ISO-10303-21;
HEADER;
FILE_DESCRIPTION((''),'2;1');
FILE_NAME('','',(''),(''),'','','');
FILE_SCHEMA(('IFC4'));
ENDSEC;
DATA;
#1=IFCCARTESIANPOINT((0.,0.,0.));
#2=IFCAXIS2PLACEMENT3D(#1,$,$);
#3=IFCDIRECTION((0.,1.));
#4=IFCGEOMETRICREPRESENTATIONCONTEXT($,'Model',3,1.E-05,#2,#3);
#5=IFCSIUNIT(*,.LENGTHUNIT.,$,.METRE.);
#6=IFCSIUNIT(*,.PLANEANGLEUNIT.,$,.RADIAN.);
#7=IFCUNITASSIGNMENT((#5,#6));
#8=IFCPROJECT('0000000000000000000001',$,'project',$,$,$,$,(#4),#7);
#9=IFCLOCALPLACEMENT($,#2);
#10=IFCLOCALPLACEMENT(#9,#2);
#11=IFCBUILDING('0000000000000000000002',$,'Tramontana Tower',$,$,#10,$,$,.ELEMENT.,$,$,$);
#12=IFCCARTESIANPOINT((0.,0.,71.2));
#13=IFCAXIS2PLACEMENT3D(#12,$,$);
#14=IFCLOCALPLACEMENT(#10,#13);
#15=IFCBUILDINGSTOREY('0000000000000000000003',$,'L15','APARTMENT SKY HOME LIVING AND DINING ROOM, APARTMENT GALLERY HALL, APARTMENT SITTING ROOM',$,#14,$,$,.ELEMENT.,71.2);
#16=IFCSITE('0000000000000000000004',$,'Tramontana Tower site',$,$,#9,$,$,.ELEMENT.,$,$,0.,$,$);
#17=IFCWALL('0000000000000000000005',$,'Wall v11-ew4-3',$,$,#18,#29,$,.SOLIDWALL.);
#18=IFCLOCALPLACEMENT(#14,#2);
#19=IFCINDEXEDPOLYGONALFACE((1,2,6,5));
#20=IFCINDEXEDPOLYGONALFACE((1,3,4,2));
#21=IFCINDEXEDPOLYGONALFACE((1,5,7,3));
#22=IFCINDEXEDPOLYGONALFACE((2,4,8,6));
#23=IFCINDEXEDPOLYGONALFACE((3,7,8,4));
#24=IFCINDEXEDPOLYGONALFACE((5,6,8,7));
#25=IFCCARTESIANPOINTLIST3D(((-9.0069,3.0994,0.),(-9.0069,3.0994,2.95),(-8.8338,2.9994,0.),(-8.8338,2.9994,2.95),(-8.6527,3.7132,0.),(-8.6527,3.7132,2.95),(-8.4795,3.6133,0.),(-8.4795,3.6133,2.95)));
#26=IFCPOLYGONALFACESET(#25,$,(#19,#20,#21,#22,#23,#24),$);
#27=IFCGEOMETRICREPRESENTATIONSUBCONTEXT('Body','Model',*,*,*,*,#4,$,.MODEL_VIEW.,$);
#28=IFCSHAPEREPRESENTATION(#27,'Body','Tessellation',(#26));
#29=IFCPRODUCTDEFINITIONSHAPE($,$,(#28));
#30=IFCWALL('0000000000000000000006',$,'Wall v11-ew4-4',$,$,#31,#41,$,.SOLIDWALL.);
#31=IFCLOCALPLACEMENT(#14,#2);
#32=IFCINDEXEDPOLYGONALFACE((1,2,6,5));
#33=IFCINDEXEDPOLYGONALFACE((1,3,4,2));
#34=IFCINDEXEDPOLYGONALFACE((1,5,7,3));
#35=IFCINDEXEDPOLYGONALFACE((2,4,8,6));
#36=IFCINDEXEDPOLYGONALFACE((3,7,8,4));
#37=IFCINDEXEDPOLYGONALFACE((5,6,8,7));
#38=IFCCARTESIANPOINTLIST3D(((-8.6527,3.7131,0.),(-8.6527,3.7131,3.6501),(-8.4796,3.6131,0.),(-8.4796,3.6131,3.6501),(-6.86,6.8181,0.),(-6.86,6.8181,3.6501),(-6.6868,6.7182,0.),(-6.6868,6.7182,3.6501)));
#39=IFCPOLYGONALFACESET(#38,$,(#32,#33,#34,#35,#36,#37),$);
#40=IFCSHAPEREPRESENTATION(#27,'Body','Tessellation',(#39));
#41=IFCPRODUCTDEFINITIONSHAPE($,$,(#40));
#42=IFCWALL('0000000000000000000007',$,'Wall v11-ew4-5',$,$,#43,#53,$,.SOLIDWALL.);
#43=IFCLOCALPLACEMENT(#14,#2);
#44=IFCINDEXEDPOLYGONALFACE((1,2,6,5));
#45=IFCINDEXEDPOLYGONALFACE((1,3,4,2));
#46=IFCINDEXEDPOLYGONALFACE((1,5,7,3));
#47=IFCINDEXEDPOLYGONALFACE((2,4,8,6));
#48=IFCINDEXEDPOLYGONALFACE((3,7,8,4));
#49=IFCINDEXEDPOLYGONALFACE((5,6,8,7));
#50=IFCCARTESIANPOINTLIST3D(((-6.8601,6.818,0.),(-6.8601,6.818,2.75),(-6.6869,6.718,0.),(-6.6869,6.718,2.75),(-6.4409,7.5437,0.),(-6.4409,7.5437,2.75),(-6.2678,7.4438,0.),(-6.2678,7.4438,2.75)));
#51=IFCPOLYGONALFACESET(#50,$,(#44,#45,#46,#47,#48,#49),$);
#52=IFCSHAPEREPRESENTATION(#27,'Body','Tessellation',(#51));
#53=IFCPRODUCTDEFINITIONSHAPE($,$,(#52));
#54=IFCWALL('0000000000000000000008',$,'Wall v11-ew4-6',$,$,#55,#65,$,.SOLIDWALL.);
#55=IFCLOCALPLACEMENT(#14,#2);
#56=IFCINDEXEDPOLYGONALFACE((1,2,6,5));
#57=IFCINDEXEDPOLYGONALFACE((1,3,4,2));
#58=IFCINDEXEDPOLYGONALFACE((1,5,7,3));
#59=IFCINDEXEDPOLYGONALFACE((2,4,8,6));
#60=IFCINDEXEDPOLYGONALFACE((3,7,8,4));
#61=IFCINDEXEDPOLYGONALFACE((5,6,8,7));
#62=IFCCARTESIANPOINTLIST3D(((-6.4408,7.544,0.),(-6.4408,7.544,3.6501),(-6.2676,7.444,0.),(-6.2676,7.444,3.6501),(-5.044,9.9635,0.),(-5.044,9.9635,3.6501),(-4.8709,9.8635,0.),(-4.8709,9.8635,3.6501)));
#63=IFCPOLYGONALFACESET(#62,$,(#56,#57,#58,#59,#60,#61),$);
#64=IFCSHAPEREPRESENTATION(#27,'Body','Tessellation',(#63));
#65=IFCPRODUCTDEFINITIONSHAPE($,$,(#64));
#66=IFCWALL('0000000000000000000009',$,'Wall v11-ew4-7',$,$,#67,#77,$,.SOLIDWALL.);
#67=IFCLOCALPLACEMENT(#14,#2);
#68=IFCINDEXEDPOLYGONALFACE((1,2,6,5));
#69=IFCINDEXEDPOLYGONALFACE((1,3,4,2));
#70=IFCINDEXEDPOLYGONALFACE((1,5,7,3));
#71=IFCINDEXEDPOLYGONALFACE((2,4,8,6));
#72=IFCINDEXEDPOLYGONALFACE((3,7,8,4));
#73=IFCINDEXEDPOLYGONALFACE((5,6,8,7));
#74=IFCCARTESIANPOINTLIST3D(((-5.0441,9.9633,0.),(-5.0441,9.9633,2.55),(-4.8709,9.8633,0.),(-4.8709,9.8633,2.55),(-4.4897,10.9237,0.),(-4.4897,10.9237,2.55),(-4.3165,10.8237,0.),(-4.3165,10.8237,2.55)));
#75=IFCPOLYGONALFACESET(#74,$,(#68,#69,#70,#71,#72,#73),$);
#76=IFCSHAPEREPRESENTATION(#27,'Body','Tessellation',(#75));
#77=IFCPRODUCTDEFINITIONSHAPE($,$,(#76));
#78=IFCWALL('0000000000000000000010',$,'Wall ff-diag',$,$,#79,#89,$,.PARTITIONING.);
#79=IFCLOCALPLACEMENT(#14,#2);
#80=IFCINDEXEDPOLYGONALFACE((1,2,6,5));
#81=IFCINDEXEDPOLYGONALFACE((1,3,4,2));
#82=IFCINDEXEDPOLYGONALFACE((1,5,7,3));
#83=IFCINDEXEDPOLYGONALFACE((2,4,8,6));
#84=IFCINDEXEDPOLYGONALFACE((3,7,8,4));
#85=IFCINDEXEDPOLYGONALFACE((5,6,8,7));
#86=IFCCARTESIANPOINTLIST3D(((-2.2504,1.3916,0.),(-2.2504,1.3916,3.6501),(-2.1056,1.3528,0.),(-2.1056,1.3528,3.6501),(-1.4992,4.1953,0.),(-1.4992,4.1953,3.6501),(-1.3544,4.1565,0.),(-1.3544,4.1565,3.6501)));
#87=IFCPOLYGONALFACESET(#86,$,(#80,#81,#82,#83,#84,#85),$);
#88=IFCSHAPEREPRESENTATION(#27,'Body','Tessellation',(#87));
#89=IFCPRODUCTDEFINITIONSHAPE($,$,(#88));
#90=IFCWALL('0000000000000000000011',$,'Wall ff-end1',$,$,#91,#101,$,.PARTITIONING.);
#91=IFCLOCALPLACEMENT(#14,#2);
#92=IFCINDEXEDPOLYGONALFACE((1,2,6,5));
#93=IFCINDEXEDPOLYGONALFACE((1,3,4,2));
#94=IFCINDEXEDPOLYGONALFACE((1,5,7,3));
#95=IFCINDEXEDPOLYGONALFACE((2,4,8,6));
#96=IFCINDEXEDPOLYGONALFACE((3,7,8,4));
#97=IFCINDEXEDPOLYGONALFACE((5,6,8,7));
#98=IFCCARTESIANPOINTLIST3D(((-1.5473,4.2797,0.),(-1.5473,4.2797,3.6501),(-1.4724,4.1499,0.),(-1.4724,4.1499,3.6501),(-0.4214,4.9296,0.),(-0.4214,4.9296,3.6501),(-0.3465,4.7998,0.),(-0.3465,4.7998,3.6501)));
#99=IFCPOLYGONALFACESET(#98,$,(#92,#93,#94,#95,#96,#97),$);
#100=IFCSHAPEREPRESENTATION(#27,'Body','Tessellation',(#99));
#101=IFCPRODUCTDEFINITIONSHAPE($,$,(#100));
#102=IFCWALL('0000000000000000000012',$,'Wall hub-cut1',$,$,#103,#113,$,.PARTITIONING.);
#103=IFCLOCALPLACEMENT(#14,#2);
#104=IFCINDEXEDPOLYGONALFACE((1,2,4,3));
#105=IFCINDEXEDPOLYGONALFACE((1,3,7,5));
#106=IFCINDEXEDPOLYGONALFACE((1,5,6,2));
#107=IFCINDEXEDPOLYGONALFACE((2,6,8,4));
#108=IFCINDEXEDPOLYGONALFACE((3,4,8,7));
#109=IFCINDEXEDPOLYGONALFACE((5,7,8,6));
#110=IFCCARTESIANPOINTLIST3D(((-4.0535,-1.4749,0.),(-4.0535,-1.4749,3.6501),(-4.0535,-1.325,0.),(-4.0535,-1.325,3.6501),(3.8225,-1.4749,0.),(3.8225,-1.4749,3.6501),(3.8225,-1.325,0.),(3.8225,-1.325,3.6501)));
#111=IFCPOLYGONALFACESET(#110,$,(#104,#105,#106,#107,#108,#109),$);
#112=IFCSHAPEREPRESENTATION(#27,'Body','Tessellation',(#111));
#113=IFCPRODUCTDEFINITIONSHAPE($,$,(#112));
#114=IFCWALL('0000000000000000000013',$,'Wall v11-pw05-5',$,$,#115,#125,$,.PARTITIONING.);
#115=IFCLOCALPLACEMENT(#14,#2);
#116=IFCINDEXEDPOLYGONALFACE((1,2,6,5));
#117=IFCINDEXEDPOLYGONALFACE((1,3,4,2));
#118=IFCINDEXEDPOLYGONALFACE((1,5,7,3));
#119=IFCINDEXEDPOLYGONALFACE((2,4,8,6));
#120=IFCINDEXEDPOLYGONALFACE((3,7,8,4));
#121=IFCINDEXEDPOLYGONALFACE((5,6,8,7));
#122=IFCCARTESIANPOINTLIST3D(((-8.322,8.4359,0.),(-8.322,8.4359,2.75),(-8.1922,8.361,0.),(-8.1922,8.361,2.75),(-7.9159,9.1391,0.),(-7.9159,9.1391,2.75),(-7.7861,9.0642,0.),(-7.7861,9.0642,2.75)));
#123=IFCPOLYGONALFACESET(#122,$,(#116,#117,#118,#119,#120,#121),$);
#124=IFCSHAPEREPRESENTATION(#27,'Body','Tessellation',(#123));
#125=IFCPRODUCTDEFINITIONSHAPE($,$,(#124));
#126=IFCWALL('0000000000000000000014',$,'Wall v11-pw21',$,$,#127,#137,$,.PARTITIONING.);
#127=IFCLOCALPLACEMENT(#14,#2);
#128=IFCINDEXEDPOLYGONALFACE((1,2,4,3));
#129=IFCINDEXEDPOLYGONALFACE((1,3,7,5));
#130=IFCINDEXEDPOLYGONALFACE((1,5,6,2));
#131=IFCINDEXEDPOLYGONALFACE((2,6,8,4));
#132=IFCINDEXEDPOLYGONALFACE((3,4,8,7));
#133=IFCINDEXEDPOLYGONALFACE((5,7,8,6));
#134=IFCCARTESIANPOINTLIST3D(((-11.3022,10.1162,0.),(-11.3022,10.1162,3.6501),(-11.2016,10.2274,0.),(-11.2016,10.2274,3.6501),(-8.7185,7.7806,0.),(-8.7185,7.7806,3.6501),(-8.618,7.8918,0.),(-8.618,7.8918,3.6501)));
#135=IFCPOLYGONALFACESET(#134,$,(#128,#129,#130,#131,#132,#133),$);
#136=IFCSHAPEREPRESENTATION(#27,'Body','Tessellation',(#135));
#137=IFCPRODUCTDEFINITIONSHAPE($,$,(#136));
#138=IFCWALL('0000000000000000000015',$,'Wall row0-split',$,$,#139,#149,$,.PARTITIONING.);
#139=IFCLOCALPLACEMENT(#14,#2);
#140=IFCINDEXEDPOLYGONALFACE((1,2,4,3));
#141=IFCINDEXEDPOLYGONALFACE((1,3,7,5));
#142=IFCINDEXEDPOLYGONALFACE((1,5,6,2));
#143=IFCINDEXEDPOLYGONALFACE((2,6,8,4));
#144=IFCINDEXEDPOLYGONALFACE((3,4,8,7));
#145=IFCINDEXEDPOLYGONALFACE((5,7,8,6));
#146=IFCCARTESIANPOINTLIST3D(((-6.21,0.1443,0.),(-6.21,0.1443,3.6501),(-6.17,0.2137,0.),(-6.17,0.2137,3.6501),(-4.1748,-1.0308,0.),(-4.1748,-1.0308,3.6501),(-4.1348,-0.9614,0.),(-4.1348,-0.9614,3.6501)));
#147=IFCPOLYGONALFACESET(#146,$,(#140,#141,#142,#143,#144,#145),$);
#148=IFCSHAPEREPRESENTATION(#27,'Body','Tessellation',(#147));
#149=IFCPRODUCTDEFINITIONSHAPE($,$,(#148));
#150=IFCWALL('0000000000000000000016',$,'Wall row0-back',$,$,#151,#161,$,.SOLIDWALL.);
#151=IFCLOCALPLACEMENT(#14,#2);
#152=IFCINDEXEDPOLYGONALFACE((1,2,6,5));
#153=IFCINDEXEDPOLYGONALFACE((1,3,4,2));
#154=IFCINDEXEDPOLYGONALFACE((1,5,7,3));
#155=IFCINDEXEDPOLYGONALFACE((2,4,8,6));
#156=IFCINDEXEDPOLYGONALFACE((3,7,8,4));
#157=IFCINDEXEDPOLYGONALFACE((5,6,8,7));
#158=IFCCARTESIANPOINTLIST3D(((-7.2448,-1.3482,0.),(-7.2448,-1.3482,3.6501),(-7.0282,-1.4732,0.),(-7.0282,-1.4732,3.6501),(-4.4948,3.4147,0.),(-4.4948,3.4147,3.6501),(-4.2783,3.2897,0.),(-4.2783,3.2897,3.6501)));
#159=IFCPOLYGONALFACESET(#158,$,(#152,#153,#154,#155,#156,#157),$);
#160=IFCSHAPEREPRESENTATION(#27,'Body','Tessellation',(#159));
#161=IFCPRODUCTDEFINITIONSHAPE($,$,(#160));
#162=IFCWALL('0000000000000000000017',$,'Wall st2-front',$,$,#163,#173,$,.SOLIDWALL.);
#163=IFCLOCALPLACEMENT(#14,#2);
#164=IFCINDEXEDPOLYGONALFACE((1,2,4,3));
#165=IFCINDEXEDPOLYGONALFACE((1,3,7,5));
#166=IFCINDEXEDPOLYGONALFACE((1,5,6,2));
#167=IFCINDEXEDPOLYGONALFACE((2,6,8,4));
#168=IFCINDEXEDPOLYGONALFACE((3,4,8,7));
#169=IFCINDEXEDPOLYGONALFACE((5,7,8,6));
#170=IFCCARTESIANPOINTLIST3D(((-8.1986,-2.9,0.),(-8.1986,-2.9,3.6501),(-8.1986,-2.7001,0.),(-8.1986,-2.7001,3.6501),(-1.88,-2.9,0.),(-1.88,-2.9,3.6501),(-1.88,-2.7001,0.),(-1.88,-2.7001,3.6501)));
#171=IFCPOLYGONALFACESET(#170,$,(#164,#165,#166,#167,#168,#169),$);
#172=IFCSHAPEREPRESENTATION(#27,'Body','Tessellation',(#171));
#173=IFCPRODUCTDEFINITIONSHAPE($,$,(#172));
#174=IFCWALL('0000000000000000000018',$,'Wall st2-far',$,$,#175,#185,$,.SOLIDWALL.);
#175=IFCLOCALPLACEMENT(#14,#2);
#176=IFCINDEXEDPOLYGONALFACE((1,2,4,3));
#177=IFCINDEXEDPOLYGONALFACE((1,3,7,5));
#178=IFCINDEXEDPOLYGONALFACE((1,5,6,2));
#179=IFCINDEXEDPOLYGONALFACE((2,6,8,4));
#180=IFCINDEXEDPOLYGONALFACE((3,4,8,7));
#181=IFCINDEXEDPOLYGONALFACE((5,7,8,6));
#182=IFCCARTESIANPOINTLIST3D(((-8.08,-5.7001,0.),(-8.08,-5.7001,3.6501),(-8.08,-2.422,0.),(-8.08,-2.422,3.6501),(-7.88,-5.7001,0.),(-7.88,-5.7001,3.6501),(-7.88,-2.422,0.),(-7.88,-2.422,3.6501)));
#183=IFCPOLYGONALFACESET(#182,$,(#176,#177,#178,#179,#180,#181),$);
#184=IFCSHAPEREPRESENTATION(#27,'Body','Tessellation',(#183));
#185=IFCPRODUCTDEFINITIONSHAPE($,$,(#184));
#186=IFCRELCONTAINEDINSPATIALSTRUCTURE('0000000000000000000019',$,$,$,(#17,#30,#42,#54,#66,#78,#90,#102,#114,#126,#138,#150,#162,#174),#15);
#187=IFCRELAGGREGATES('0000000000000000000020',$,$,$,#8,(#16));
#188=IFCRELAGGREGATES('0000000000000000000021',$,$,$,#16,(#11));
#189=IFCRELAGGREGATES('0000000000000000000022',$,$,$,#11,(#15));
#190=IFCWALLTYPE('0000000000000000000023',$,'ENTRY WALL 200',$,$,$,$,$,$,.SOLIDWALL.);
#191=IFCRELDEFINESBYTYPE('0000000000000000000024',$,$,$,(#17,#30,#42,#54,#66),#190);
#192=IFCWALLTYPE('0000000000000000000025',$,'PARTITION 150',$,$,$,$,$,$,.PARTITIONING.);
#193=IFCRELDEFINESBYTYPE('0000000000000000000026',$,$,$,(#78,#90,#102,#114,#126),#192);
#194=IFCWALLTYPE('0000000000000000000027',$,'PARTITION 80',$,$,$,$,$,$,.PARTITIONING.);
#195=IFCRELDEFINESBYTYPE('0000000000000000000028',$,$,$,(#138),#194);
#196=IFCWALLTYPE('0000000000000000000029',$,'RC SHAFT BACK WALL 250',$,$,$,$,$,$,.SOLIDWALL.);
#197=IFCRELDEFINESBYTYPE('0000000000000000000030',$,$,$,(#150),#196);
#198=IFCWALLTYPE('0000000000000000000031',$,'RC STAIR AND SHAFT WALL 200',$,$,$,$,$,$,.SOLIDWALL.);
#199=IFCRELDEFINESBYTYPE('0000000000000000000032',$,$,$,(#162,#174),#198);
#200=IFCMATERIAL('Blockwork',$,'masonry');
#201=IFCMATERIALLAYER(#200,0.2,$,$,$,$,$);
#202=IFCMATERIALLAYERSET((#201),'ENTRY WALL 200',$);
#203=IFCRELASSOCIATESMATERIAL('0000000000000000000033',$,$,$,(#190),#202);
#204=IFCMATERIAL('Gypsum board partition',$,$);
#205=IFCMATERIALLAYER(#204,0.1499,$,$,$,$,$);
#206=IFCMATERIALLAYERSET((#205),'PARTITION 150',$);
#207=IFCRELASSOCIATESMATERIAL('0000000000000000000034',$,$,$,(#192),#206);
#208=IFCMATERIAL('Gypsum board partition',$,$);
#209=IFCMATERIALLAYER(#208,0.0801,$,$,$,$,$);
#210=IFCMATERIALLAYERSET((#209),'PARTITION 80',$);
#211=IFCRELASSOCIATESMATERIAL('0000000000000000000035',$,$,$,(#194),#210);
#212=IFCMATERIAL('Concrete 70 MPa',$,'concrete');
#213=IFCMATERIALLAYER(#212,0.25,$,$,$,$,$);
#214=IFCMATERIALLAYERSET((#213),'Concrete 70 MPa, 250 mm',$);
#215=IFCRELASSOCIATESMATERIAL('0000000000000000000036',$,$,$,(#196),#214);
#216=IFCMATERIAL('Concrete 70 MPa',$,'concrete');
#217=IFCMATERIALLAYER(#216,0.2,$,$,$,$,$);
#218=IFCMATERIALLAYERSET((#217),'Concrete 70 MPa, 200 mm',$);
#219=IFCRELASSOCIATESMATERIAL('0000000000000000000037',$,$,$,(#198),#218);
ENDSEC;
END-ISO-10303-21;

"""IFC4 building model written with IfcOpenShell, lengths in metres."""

from ifc_helpers import new_model, si_unit, direction, frame, frame_2d, origin, place, context, subcontext, project, spatial, rectangle, extrude, material, layer, layer_set, type_object, element, save


model = new_model("IFC4")

# Units and contexts
model_context = context("Model", 3, precision=1e-05, world=origin(), true_north=direction((0.0, 1.0)))
body_context = subcontext(model_context, "Body", "Model", "MODEL_VIEW")
ifc_project = project(units=[si_unit("LENGTHUNIT", "METRE"), si_unit("PLANEANGLEUNIT", "RADIAN")], contexts=[model_context])

# Site, building, storey
site_placement = place(None, origin())
site = spatial("IfcSite", under=ifc_project, at=site_placement, Name="Tramontana Tower site", CompositionType="ELEMENT", RefElevation=0.0)
building_placement = place(site_placement, origin())
building = spatial("IfcBuilding", under=site, at=building_placement, Name="Tramontana Tower", CompositionType="ELEMENT")
storey_placement = place(building_placement, frame((0.0, 0.0, 71.2)))
storey = spatial("IfcBuildingStorey", under=building, at=storey_placement, Name="L15", Description="APARTMENT SKY HOME LIVING AND DINING ROOM, APARTMENT GALLERY HALL, APARTMENT SITTING ROOM", CompositionType="ELEMENT", Elevation=71.2)

# Walls
ifc_material_1 = material(Name="Blockwork", Category="masonry")
ifc_layer_1 = layer(ifc_material_1, 0.2)
ifc_layer_set_1 = layer_set([ifc_layer_1], Name="ENTRY WALL 200")
wall_type_1 = type_object("IfcWallType", Name="ENTRY WALL 200", PredefinedType="SOLIDWALL", material=ifc_layer_set_1)
wall_1_placement = place(storey_placement, frame((-8.9204, 3.0493, 0.0), z_axis=(0.0, 0.0, 1.0), x_axis=(0.499882, 0.866094, 0.0)))
element("IfcWall", 1, at=wall_1_placement, inside=storey, type_object=wall_type_1, Name="Wall v11-ew4-3", PredefinedType="SOLIDWALL", context=body_context, shape_type="SweptSolid", body=[
    extrude(rectangle(XDim=0.7087, YDim=0.2, at=frame_2d((0.3545, 0.0))), origin(), (0.0, 0.0, 1.0), 2.95),
])
wall_2_placement = place(storey_placement, frame((-8.5662, 3.6631, 0.0), z_axis=(0.0, 0.0, 1.0), x_axis=(0.500013, 0.866018, 0.0)))
element("IfcWall", 2, at=wall_2_placement, inside=storey, type_object=wall_type_1, Name="Wall v11-ew4-4", PredefinedType="SOLIDWALL", context=body_context, shape_type="SweptSolid", body=[
    extrude(rectangle(XDim=3.5854, YDim=0.2, at=frame_2d((1.7927, 0.0))), origin(), (0.0, 0.0, 1.0), 3.6501),
])
wall_3_placement = place(storey_placement, frame((-6.7734, 6.7681, 0.0), z_axis=(0.0, 0.0, 1.0), x_axis=(0.500117, 0.865958, 0.0)))
element("IfcWall", 3, at=wall_3_placement, inside=storey, type_object=wall_type_1, Name="Wall v11-ew4-5", PredefinedType="SOLIDWALL", context=body_context, shape_type="SweptSolid", body=[
    extrude(rectangle(XDim=0.8381, YDim=0.2, at=frame_2d((0.4189, 0.0))), origin(), (0.0, 0.0, 1.0), 2.75),
])
wall_4_placement = place(storey_placement, frame((-6.3542, 7.4939, 0.0), z_axis=(0.0, 0.0, 1.0), x_axis=(0.499965, 0.866046, 0.0)))
element("IfcWall", 4, at=wall_4_placement, inside=storey, type_object=wall_type_1, Name="Wall v11-ew4-6", PredefinedType="SOLIDWALL", context=body_context, shape_type="SweptSolid", body=[
    extrude(rectangle(XDim=2.7937, YDim=0.2, at=frame_2d((1.397, 0.0))), origin(), (0.0, 0.0, 1.0), 3.6501),
])
wall_5_placement = place(storey_placement, frame((-4.9575, 9.9133, 0.0), z_axis=(0.0, 0.0, 1.0), x_axis=(0.499951, 0.866054, 0.0)))
element("IfcWall", 5, at=wall_5_placement, inside=storey, type_object=wall_type_1, Name="Wall v11-ew4-7", PredefinedType="SOLIDWALL", context=body_context, shape_type="SweptSolid", body=[
    extrude(rectangle(XDim=1.1089, YDim=0.2, at=frame_2d((0.5544, 0.0))), origin(), (0.0, 0.0, 1.0), 2.55),
])
ifc_material_2 = material(Name="Gypsum board partition")
ifc_layer_2 = layer(ifc_material_2, 0.1499)
ifc_layer_set_2 = layer_set([ifc_layer_2], Name="PARTITION 150")
wall_type_2 = type_object("IfcWallType", Name="PARTITION 150", PredefinedType="PARTITIONING", material=ifc_layer_set_2)
wall_6_placement = place(storey_placement, frame((-2.178, 1.3723, 0.0), z_axis=(0.0, 0.0, 1.0), x_axis=(0.258809, 0.965929, 0.0)))
element("IfcWall", 6, at=wall_6_placement, inside=storey, type_object=wall_type_2, Name="Wall ff-diag", PredefinedType="PARTITIONING", context=body_context, shape_type="SweptSolid", body=[
    extrude(rectangle(XDim=2.9026, YDim=0.1499, at=frame_2d((1.4512, 0.0))), origin(), (0.0, 0.0, 1.0), 3.6501),
])
wall_7_placement = place(storey_placement, frame((-1.5098, 4.2148, 0.0), z_axis=(0.0, 0.0, 1.0), x_axis=(0.866086, 0.499896, 0.0)))
element("IfcWall", 7, at=wall_7_placement, inside=storey, type_object=wall_type_2, Name="Wall ff-end1", PredefinedType="PARTITIONING", context=body_context, shape_type="SweptSolid", body=[
    extrude(rectangle(XDim=1.3, YDim=0.1499, at=frame_2d((0.6499, 0.0))), origin(), (0.0, 0.0, 1.0), 3.6501),
])
wall_8_placement = place(storey_placement, frame((-4.0535, -1.3999, 0.0), z_axis=(0.0, 0.0, 1.0), x_axis=(1.0, 0.0, 0.0)))
element("IfcWall", 8, at=wall_8_placement, inside=storey, type_object=wall_type_2, Name="Wall hub-cut1", PredefinedType="PARTITIONING", context=body_context, shape_type="SweptSolid", body=[
    extrude(rectangle(XDim=7.876, YDim=0.1499, at=frame_2d((3.938, 0.0))), origin(), (0.0, 0.0, 1.0), 3.6501),
])
wall_9_placement = place(storey_placement, frame((-8.2571, 8.3984, 0.0), z_axis=(0.0, 0.0, 1.0), x_axis=(0.500052, 0.865995, 0.0)))
element("IfcWall", 9, at=wall_9_placement, inside=storey, type_object=wall_type_2, Name="Wall v11-pw05-5", PredefinedType="PARTITIONING", context=body_context, shape_type="SweptSolid", body=[
    extrude(rectangle(XDim=0.812, YDim=0.1499, at=frame_2d((0.406, 0.0))), origin(), (0.0, 0.0, 1.0), 2.75),
])

# Walls
wall_10_placement = place(storey_placement, frame((-8.6682, 7.8362, 0.0), z_axis=(0.0, 0.0, 1.0), x_axis=(-0.741818, 0.670601, 0.0)))
element("IfcWall", 10, at=wall_10_placement, inside=storey, type_object=wall_type_2, Name="Wall v11-pw21", PredefinedType="PARTITIONING", context=body_context, shape_type="SweptSolid", body=[
    extrude(rectangle(XDim=3.4829, YDim=0.1499, at=frame_2d((1.7415, 0.0))), origin(), (0.0, 0.0, 1.0), 3.6501),
])
ifc_material_3 = material(Name="Gypsum board partition")
ifc_layer_3 = layer(ifc_material_3, 0.0801)
ifc_layer_set_3 = layer_set([ifc_layer_3], Name="PARTITION 80")
wall_type_3 = type_object("IfcWallType", Name="PARTITION 80", PredefinedType="PARTITIONING", material=ifc_layer_set_3)
wall_11_placement = place(storey_placement, frame((-4.1548, -0.9961, 0.0), z_axis=(0.0, 0.0, 1.0), x_axis=(-0.866016, 0.500016, 0.0)))
element("IfcWall", 11, at=wall_11_placement, inside=storey, type_object=wall_type_3, Name="Wall row0-split", PredefinedType="PARTITIONING", context=body_context, shape_type="SweptSolid", body=[
    extrude(rectangle(XDim=2.3501, YDim=0.0801, at=frame_2d((1.175, 0.0))), origin(), (0.0, 0.0, 1.0), 3.6501),
])
ifc_material_4 = material(Name="Concrete 70 MPa", Category="concrete")
ifc_layer_4 = layer(ifc_material_4, 0.25)
ifc_layer_set_4 = layer_set([ifc_layer_4], Name="Concrete 70 MPa, 250 mm")
wall_type_4 = type_object("IfcWallType", Name="RC SHAFT BACK WALL 250", PredefinedType="SOLIDWALL", material=ifc_layer_set_4)
wall_12_placement = place(storey_placement, frame((-4.3865, 3.3523, 0.0), z_axis=(0.0, 0.0, 1.0), x_axis=(-0.500016, -0.866016, 0.0)))
element("IfcWall", 12, at=wall_12_placement, inside=storey, type_object=wall_type_4, Name="Wall row0-back", PredefinedType="SOLIDWALL", context=body_context, shape_type="SweptSolid", body=[
    extrude(rectangle(XDim=5.4998, YDim=0.25, at=frame_2d((2.75, 0.0))), origin(), (0.0, 0.0, 1.0), 3.6501),
])

# Shared definitions
ifc_material_5 = material(Name="Concrete 70 MPa", Category="concrete")
ifc_layer_5 = layer(ifc_material_5, 0.2)
ifc_layer_set_5 = layer_set([ifc_layer_5], Name="Concrete 70 MPa, 200 mm")
wall_type_5 = type_object("IfcWallType", Name="RC STAIR AND SHAFT WALL 200", PredefinedType="SOLIDWALL", material=ifc_layer_set_5)

# Walls
wall_13_placement = place(storey_placement, frame((-8.1985, -2.8, 0.0), z_axis=(0.0, 0.0, 1.0), x_axis=(1.0, 0.0, 0.0)))
element("IfcWall", 13, at=wall_13_placement, inside=storey, type_object=wall_type_5, Name="Wall st2-front", PredefinedType="SOLIDWALL", context=body_context, shape_type="SweptSolid", body=[
    extrude(rectangle(XDim=6.3186, YDim=0.2, at=frame_2d((3.1592, 0.0))), origin(), (0.0, 0.0, 1.0), 3.6501),
])
wall_14_placement = place(storey_placement, frame((-7.98, -2.4219, 0.0), z_axis=(0.0, 0.0, 1.0), x_axis=(0.0, -1.0, 0.0)))
element("IfcWall", 14, at=wall_14_placement, inside=storey, type_object=wall_type_5, Name="Wall st2-far", PredefinedType="SOLIDWALL", context=body_context, shape_type="SweptSolid", body=[
    extrude(rectangle(XDim=3.2781, YDim=0.2, at=frame_2d((1.6392, 0.0))), origin(), (0.0, 0.0, 1.0), 3.6501),
])

save(model, "model.ifc")
